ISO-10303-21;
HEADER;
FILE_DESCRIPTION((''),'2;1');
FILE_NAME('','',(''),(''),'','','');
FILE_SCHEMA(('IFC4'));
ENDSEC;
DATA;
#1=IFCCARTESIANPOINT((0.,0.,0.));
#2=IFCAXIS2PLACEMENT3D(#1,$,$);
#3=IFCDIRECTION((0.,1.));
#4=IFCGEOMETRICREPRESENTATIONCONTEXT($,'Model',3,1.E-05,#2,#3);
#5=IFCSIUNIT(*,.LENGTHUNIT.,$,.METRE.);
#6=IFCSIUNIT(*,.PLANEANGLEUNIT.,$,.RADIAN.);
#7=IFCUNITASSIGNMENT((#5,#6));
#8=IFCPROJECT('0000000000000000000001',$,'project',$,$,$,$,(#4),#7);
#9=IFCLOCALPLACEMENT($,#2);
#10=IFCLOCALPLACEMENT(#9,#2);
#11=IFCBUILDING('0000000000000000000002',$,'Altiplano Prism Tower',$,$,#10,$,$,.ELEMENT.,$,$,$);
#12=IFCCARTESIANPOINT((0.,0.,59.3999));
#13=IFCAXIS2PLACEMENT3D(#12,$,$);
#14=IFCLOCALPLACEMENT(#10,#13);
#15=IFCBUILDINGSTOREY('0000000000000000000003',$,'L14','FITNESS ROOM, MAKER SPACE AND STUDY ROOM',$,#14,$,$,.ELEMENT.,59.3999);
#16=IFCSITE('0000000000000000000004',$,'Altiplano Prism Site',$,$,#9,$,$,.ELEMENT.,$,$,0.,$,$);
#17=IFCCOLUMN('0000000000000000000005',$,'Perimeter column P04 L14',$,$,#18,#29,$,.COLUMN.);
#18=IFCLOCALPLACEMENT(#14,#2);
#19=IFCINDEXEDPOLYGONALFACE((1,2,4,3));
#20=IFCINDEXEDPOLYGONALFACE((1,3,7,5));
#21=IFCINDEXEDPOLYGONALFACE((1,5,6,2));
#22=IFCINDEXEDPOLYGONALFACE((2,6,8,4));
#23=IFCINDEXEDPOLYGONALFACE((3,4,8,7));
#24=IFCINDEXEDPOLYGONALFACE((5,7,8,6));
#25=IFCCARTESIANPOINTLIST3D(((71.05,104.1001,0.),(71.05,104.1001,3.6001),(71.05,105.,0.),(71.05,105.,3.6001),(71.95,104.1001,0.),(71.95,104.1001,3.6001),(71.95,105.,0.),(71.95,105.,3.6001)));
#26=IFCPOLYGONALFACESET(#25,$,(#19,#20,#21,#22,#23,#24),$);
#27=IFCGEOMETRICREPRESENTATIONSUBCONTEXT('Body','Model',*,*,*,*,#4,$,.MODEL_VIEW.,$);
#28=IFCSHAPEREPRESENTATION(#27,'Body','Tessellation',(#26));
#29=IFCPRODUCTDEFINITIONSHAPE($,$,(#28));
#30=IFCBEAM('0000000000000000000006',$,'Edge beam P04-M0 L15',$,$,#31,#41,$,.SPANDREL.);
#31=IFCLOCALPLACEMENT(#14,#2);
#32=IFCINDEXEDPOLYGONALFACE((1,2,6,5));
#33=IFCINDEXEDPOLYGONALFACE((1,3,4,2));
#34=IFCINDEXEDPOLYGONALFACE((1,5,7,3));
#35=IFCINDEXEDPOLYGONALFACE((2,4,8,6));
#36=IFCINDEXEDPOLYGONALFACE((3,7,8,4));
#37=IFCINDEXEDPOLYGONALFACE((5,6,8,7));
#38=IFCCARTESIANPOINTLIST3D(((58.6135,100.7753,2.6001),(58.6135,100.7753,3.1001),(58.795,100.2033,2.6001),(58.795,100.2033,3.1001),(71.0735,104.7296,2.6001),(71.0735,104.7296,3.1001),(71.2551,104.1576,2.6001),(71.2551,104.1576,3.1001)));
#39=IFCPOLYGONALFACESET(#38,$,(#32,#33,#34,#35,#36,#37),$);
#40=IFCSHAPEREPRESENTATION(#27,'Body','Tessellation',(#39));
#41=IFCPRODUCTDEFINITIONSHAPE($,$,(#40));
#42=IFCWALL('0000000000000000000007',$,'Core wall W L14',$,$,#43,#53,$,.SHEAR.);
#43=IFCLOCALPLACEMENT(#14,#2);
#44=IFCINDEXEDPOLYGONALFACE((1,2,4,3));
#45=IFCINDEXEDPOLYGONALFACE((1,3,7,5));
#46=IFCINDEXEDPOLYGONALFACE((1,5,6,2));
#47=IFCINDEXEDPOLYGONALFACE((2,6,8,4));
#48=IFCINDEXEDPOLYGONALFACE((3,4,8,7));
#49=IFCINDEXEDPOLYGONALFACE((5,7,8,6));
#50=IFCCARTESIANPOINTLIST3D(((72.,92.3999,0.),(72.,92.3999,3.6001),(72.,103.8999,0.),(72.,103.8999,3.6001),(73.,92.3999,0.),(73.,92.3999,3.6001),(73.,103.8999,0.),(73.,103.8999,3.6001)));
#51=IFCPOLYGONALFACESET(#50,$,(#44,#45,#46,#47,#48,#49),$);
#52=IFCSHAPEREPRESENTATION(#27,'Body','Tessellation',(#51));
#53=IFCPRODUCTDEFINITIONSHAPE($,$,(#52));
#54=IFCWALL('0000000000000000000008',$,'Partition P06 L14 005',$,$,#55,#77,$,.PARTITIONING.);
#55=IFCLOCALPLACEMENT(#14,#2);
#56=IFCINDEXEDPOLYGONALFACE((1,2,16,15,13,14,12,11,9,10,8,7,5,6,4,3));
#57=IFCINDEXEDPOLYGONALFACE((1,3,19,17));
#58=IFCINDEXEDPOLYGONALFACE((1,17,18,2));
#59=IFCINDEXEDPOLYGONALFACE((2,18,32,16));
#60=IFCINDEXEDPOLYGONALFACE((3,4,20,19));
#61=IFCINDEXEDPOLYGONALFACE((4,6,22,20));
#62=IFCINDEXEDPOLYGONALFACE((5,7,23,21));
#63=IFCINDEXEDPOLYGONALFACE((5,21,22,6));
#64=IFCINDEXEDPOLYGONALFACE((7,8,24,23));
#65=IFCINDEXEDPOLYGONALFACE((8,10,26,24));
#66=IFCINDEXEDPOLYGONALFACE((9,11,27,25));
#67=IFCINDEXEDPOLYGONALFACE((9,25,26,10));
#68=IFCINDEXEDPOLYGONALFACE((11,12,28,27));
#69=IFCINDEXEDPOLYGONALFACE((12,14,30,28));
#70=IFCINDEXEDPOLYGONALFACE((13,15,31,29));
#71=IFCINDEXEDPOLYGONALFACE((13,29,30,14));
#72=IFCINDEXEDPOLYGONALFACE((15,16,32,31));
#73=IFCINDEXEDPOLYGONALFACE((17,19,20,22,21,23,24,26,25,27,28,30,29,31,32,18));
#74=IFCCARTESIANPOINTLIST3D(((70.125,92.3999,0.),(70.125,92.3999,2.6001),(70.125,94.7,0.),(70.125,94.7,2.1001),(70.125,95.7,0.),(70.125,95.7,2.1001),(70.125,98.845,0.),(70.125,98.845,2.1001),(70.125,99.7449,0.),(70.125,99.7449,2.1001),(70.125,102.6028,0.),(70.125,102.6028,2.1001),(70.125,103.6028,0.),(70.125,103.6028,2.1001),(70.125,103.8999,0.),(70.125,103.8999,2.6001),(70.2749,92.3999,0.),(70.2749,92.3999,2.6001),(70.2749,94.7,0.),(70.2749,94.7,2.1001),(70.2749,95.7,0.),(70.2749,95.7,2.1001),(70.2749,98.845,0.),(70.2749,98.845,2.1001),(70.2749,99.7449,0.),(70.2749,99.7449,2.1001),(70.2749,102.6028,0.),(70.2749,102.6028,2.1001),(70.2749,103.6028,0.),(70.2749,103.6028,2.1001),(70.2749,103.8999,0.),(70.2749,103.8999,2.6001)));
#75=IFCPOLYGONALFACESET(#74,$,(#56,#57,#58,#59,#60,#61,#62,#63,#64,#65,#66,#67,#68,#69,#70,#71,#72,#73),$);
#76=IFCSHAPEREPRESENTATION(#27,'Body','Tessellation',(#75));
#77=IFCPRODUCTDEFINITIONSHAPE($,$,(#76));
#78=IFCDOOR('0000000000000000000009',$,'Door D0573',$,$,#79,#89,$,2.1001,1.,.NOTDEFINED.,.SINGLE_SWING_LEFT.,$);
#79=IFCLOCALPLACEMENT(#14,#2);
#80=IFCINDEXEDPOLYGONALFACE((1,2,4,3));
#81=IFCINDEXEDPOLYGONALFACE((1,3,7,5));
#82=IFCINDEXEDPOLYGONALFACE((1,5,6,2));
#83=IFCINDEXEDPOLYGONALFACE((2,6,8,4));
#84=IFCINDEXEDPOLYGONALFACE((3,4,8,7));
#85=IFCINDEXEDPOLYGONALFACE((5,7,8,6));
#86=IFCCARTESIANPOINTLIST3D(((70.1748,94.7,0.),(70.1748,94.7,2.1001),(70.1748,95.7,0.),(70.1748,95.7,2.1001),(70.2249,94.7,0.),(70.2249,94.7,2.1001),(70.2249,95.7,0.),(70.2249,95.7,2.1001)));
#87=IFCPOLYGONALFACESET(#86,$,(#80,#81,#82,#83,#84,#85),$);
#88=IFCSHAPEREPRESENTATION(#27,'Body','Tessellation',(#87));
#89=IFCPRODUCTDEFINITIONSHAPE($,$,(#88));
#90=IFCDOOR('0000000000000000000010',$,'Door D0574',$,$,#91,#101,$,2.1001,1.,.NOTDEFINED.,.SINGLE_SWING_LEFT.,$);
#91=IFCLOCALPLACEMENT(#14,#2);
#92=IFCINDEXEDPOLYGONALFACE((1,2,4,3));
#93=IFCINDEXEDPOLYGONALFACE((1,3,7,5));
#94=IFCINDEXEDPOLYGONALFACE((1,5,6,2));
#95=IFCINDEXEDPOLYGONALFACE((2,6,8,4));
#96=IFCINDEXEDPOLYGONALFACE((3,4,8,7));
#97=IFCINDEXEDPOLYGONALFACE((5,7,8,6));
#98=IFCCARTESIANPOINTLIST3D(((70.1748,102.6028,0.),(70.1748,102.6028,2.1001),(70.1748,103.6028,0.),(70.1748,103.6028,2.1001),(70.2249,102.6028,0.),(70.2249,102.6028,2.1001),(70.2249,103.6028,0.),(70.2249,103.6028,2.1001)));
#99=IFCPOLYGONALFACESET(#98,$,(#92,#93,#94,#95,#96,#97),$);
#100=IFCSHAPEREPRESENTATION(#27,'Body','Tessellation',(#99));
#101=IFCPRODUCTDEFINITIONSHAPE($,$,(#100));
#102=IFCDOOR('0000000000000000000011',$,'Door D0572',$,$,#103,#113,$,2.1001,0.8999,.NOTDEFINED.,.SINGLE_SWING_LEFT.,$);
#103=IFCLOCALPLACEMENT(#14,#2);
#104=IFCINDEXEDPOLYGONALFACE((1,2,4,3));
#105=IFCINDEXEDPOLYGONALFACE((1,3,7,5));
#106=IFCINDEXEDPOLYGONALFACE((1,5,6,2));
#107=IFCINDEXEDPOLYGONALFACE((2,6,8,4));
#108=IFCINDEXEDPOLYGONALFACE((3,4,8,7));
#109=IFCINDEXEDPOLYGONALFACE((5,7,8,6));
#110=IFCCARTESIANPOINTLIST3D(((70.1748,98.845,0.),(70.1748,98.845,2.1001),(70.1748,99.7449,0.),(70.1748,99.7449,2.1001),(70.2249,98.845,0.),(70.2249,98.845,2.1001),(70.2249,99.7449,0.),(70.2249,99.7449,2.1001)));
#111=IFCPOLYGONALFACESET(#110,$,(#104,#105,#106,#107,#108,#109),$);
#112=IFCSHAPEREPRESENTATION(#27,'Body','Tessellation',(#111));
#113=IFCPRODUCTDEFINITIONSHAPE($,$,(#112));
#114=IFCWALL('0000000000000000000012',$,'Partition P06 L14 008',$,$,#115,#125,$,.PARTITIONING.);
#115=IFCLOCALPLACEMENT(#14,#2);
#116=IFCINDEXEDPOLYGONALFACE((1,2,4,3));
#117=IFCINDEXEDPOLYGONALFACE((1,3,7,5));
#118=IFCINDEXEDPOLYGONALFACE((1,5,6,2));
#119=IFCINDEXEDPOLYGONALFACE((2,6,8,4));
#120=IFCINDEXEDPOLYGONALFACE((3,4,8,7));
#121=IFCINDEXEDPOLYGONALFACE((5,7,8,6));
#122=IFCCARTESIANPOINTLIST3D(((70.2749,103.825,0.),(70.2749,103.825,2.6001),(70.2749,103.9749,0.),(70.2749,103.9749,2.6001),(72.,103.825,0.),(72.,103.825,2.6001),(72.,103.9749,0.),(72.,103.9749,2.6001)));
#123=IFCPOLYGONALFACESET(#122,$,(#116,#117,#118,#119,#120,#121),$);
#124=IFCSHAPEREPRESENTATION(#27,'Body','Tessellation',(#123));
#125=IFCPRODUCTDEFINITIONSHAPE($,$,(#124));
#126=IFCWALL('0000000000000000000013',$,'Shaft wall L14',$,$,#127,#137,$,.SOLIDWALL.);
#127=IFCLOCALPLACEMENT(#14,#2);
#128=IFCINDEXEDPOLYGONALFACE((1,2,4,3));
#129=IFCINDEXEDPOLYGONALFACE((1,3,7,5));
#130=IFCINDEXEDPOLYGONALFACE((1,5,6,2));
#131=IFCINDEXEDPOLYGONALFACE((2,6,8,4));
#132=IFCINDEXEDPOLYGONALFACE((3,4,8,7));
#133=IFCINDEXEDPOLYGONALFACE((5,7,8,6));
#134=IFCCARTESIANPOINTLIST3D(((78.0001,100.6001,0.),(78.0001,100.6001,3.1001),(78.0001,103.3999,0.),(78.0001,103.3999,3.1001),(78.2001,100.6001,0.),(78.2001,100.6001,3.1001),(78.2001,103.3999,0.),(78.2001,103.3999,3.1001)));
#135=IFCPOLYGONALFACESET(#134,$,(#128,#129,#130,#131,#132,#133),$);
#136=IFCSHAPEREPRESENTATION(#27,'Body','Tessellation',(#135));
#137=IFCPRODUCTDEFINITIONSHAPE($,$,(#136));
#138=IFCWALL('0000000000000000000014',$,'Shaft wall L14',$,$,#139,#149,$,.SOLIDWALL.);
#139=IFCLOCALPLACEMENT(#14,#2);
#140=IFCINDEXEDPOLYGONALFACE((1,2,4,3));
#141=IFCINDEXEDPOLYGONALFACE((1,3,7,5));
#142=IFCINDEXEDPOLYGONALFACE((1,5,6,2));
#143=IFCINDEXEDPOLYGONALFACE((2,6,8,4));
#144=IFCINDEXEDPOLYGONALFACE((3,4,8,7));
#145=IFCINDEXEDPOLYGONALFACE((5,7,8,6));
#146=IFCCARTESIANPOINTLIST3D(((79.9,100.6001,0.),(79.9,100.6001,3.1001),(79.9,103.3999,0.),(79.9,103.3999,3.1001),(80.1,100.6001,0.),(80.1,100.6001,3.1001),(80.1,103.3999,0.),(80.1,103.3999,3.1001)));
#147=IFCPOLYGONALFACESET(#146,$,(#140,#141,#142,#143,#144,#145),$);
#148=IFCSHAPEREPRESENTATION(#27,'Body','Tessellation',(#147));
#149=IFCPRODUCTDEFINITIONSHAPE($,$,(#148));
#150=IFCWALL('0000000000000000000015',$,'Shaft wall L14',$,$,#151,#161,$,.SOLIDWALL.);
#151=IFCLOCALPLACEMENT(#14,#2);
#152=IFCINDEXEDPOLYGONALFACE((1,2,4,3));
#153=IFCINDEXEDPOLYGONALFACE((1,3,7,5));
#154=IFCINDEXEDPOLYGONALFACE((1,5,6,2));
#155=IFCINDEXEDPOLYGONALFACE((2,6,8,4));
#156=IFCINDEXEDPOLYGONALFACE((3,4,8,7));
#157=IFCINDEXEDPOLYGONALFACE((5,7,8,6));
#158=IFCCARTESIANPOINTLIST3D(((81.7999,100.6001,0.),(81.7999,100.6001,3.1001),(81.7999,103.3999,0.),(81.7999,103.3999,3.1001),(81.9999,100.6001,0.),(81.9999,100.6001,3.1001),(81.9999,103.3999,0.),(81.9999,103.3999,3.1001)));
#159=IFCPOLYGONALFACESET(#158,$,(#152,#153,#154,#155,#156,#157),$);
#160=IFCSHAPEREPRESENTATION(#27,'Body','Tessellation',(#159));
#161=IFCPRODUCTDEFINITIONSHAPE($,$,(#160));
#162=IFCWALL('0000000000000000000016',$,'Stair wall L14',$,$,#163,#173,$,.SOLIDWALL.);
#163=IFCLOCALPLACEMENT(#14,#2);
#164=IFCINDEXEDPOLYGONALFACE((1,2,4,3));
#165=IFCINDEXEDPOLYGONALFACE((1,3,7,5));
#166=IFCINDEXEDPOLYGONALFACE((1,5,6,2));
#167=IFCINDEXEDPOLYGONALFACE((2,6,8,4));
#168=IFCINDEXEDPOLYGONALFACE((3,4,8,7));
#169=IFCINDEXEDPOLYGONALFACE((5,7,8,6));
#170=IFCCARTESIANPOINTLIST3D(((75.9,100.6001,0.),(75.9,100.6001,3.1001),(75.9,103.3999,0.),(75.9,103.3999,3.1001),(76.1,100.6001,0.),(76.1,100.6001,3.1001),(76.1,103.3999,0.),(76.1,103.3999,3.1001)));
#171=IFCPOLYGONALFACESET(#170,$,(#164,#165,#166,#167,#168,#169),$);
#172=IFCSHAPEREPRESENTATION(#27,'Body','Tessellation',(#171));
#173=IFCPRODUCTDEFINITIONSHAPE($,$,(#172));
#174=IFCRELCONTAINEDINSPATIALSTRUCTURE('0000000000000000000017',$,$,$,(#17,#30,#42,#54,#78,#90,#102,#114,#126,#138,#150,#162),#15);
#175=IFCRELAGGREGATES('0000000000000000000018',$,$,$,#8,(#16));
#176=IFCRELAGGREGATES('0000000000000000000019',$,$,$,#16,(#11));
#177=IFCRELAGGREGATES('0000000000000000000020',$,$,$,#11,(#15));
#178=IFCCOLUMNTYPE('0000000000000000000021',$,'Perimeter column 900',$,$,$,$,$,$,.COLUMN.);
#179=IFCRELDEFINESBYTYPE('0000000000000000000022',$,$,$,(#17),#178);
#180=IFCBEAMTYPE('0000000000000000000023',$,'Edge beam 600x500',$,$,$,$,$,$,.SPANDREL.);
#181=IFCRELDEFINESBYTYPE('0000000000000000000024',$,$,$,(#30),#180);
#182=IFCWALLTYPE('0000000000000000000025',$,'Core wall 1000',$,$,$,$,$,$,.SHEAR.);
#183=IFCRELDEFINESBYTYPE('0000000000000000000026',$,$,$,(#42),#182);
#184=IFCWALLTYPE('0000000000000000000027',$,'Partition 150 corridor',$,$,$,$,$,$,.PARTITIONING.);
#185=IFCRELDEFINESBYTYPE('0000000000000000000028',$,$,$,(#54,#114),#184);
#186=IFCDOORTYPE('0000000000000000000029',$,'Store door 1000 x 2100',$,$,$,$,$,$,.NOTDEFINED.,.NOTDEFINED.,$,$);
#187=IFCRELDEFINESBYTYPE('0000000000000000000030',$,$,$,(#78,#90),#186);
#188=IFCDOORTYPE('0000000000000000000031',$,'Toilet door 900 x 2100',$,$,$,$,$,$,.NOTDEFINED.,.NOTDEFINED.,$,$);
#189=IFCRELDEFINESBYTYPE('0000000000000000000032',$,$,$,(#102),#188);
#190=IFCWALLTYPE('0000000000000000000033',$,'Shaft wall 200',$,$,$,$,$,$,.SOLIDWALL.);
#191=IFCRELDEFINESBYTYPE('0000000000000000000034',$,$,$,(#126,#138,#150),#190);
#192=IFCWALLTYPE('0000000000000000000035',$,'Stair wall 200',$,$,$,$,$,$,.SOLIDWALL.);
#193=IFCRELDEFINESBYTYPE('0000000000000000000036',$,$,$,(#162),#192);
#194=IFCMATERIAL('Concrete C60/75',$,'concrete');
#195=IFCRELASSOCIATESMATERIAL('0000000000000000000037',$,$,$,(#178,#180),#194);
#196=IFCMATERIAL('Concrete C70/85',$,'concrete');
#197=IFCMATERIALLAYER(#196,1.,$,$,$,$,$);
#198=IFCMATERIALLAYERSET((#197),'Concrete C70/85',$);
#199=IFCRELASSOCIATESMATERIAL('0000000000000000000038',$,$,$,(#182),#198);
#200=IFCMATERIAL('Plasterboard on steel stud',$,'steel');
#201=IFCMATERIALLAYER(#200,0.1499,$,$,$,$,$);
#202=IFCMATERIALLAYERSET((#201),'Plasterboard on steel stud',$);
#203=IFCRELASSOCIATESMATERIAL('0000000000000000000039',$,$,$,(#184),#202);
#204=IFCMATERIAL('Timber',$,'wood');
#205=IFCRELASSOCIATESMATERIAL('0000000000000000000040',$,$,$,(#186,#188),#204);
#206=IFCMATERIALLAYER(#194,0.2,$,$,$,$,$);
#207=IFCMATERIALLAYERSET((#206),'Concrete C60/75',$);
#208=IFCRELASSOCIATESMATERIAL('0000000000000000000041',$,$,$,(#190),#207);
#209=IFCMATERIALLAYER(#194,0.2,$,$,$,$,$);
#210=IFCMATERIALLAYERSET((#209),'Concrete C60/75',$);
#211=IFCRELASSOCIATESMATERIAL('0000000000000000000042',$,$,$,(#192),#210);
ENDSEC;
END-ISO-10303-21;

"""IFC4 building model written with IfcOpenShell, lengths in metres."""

from ifc_helpers import new_model, si_unit, direction, frame, frame_2d, origin, origin_2d, place, context, subcontext, project, spatial, rectangle, extrude, material, layer, layer_set, material_profile, profile_set, type_object, element, fill, save


model = new_model("IFC4")

# Units and contexts
model_context = context("Model", 3, precision=1e-05, world=origin(), true_north=direction((0.0, 1.0)))
body_context = subcontext(model_context, "Body", "Model", "MODEL_VIEW")
ifc_project = project(units=[si_unit("LENGTHUNIT", "METRE"), si_unit("PLANEANGLEUNIT", "RADIAN")], contexts=[model_context])

# Site, building, storey
site_placement = place(None, origin())
site = spatial("IfcSite", under=ifc_project, at=site_placement, Name="Altiplano Prism Site", CompositionType="ELEMENT", RefElevation=0.0)
building_placement = place(site_placement, origin())
building = spatial("IfcBuilding", under=site, at=building_placement, Name="Altiplano Prism Tower", CompositionType="ELEMENT")
storey_placement = place(building_placement, frame((0.0, 0.0, 59.3999)))
storey = spatial("IfcBuildingStorey", under=building, at=storey_placement, Name="L14", Description="FITNESS ROOM, MAKER SPACE AND STUDY ROOM", CompositionType="ELEMENT", Elevation=59.3999)

# Column
ifc_material_1 = material(Name="Concrete C60/75", Category="concrete")
ifc_material_profile_1 = material_profile(ifc_material_1, rectangle(XDim=0.8999, YDim=0.8999, at=origin_2d()), Name="Perimeter column 900")
ifc_profile_set_1 = profile_set([ifc_material_profile_1], Name="Concrete C60/75")
column_type = type_object("IfcColumnType", Name="Perimeter column 900", PredefinedType="COLUMN", material=ifc_profile_set_1)
column_placement = place(storey_placement, frame((71.5, 104.55, 0.0), z_axis=(0.0, 0.0, 1.0), x_axis=(1.0, 0.0, 0.0)))
element("IfcColumn", 1, at=column_placement, inside=storey, type_object=column_type, Name="Perimeter column P04 L14", PredefinedType="COLUMN", context=body_context, shape_type="SweptSolid", body=[
    extrude(rectangle(XDim=0.8999, YDim=0.8999, at=origin_2d()), origin(), (0.0, 0.0, 1.0), 3.6001),
])

# Beam
ifc_material_profile_2 = material_profile(ifc_material_1, rectangle(XDim=0.6001, YDim=0.5, at=origin_2d()), Name="Edge beam 600x500")
ifc_profile_set_2 = profile_set([ifc_material_profile_2], Name="Concrete C60/75")
beam_type = type_object("IfcBeamType", Name="Edge beam 600x500", PredefinedType="SPANDREL", material=ifc_profile_set_2)
beam_placement = place(storey_placement, frame((71.1643, 104.4436, 2.8501), z_axis=(-0.953152, -0.302491, 0.0), x_axis=(0.302491, -0.953152, 0.0)))
element("IfcBeam", 2, at=beam_placement, inside=storey, type_object=beam_type, Name="Edge beam P04-M0 L15", PredefinedType="SPANDREL", context=body_context, shape_type="SweptSolid", body=[
    extrude(rectangle(XDim=0.6001, YDim=0.5, at=origin_2d()), origin(), (0.0, 0.0, 1.0), 13.0725),
])

# Wall
ifc_material_2 = material(Name="Concrete C70/85", Category="concrete")
ifc_layer_1 = layer(ifc_material_2, 1.0)
ifc_layer_set_1 = layer_set([ifc_layer_1], Name="Concrete C70/85")
wall_type_1 = type_object("IfcWallType", Name="Core wall 1000", PredefinedType="SHEAR", material=ifc_layer_set_1)
wall_1_placement = place(storey_placement, frame((72.5, 103.8999, 0.0), z_axis=(0.0, 0.0, 1.0), x_axis=(0.0, -1.0, 0.0)))
element("IfcWall", 3, at=wall_1_placement, inside=storey, type_object=wall_type_1, Name="Core wall W L14", PredefinedType="SHEAR", context=body_context, shape_type="SweptSolid", body=[
    extrude(rectangle(XDim=11.5, YDim=1.0, at=frame_2d((5.75, 0.0))), origin(), (0.0, 0.0, 1.0), 3.6001),
])

# Wall, openings, doors
ifc_material_3 = material(Name="Plasterboard on steel stud", Category="steel")
ifc_layer_2 = layer(ifc_material_3, 0.1499)
ifc_layer_set_2 = layer_set([ifc_layer_2], Name="Plasterboard on steel stud")
wall_type_2 = type_object("IfcWallType", Name="Partition 150 corridor", PredefinedType="PARTITIONING", material=ifc_layer_set_2)
wall_2_placement = place(storey_placement, frame((70.2, 103.8999, 0.0), z_axis=(0.0, 0.0, 1.0), x_axis=(0.0, -1.0, 0.0)))
wall_2 = element("IfcWall", 4, at=wall_2_placement, inside=storey, type_object=wall_type_2, Name="Partition P06 L14 005", PredefinedType="PARTITIONING", context=body_context, shape_type="SweptSolid", body=[
    extrude(rectangle(XDim=11.5, YDim=0.1499, at=frame_2d((5.75, 0.0))), origin(), (0.0, 0.0, 1.0), 2.6001),
])
opening_1_placement = place(wall_2_placement, frame((4.155, 0.0, 0.0)))
opening_1 = element("IfcOpeningElement", 5, at=opening_1_placement, cuts=wall_2, PredefinedType="OPENING", context=body_context, shape_type="SweptSolid", body=[
    extrude(rectangle(XDim=0.8999, YDim=2.1001, at=frame_2d((0.45, 1.05))), frame((0.0, 0.0854, 0.0), z_axis=(0.0, -1.0, 0.0), x_axis=(1.0, 0.0, 0.0)), (0.0, 0.0, 1.0), 0.1709),
])
opening_2_placement = place(wall_2_placement, frame((8.2, 0.0, 0.0)))
opening_2 = element("IfcOpeningElement", 6, at=opening_2_placement, cuts=wall_2, PredefinedType="OPENING", context=body_context, shape_type="SweptSolid", body=[
    extrude(rectangle(XDim=1.0, YDim=2.1001, at=frame_2d((0.5, 1.05))), frame((0.0, 0.0854, 0.0), z_axis=(0.0, -1.0, 0.0), x_axis=(1.0, 0.0, 0.0)), (0.0, 0.0, 1.0), 0.1709),
])
opening_3_placement = place(wall_2_placement, frame((0.2971, 0.0, 0.0)))
opening_3 = element("IfcOpeningElement", 7, at=opening_3_placement, cuts=wall_2, PredefinedType="OPENING", context=body_context, shape_type="SweptSolid", body=[
    extrude(rectangle(XDim=1.0, YDim=2.1001, at=frame_2d((0.5, 1.05))), frame((0.0, 0.0854, 0.0), z_axis=(0.0, -1.0, 0.0), x_axis=(1.0, 0.0, 0.0)), (0.0, 0.0, 1.0), 0.1709),
])
ifc_material_4 = material(Name="Timber", Category="wood")
door_type_1 = type_object("IfcDoorType", Name="Store door 1000 x 2100", OperationType="NOTDEFINED", PredefinedType="NOTDEFINED", material=ifc_material_4)
door_1_placement = place(opening_2_placement, origin())
door_1 = element("IfcDoor", 8, at=door_1_placement, inside=storey, type_object=door_type_1, Name="Door D0573", OperationType="SINGLE_SWING_LEFT", OverallHeight=2.1001, OverallWidth=1.0, PredefinedType="NOTDEFINED", context=body_context, shape_type="SweptSolid", body=[
    extrude(rectangle(XDim=1.0, YDim=2.1001, at=frame_2d((0.5, 1.05))), frame((0.0, 0.0249, 0.0), z_axis=(0.0, -1.0, 0.0), x_axis=(1.0, 0.0, 0.0)), (0.0, 0.0, 1.0), 0.05),
])
fill(opening_2, door_1)
door_2_placement = place(opening_3_placement, origin())
door_2 = element("IfcDoor", 9, at=door_2_placement, inside=storey, type_object=door_type_1, Name="Door D0574", OperationType="SINGLE_SWING_LEFT", OverallHeight=2.1001, OverallWidth=1.0, PredefinedType="NOTDEFINED", context=body_context, shape_type="SweptSolid", body=[
    extrude(rectangle(XDim=1.0, YDim=2.1001, at=frame_2d((0.5, 1.05))), frame((0.0, 0.0249, 0.0), z_axis=(0.0, -1.0, 0.0), x_axis=(1.0, 0.0, 0.0)), (0.0, 0.0, 1.0), 0.05),
])
fill(opening_3, door_2)
door_type_2 = type_object("IfcDoorType", Name="Toilet door 900 x 2100", OperationType="NOTDEFINED", PredefinedType="NOTDEFINED", material=ifc_material_4)
door_3_placement = place(opening_1_placement, origin())
door_3 = element("IfcDoor", 10, at=door_3_placement, inside=storey, type_object=door_type_2, Name="Door D0572", OperationType="SINGLE_SWING_LEFT", OverallHeight=2.1001, OverallWidth=0.8999, PredefinedType="NOTDEFINED", context=body_context, shape_type="SweptSolid", body=[
    extrude(rectangle(XDim=0.8999, YDim=2.1001, at=frame_2d((0.45, 1.05))), frame((0.0, 0.0249, 0.0), z_axis=(0.0, -1.0, 0.0), x_axis=(1.0, 0.0, 0.0)), (0.0, 0.0, 1.0), 0.05),
])
fill(opening_1, door_3)

# Walls
wall_3_placement = place(storey_placement, frame((72.0, 103.8999, 0.0), z_axis=(0.0, 0.0, 1.0), x_axis=(-1.0, 0.0, 0.0)))
element("IfcWall", 11, at=wall_3_placement, inside=storey, type_object=wall_type_2, Name="Partition P06 L14 008", PredefinedType="PARTITIONING", context=body_context, shape_type="SweptSolid", body=[
    extrude(rectangle(XDim=1.7251, YDim=0.1499, at=frame_2d((0.8625, 0.0))), origin(), (0.0, 0.0, 1.0), 2.6001),
])
ifc_layer_3 = layer(ifc_material_1, 0.2)
ifc_layer_set_3 = layer_set([ifc_layer_3], Name="Concrete C60/75")
wall_type_3 = type_object("IfcWallType", Name="Shaft wall 200", PredefinedType="SOLIDWALL", material=ifc_layer_set_3)
for number, where, z_axis, x_axis, name in (
    (12, (78.1001, 100.6001, 0.0), (0.0, 0.0, 1.0), (0.0, 1.0, 0.0), "Shaft wall L14"),
    (13, (80.0, 100.6001, 0.0), (0.0, 0.0, 1.0), (0.0, 1.0, 0.0), "Shaft wall L14"),
    (14, (81.8999, 100.6001, 0.0), (0.0, 0.0, 1.0), (0.0, 1.0, 0.0), "Shaft wall L14"),
):
    element("IfcWall", number, at=place(storey_placement, frame(where, z_axis=z_axis, x_axis=x_axis)), inside=storey, type_object=wall_type_3, Name=name, PredefinedType="SOLIDWALL", context=body_context, shape_type="SweptSolid", body=[
        extrude(rectangle(XDim=2.7998, YDim=0.2, at=frame_2d((1.3999, 0.0))), origin(), (0.0, 0.0, 1.0), 3.1001),
    ])

# Shared definitions
ifc_layer_4 = layer(ifc_material_1, 0.2)
ifc_layer_set_4 = layer_set([ifc_layer_4], Name="Concrete C60/75")
wall_type_4 = type_object("IfcWallType", Name="Stair wall 200", PredefinedType="SOLIDWALL", material=ifc_layer_set_4)

# Wall
wall_4_placement = place(storey_placement, frame((76.0, 100.6001, 0.0), z_axis=(0.0, 0.0, 1.0), x_axis=(0.0, 1.0, 0.0)))
element("IfcWall", 15, at=wall_4_placement, inside=storey, type_object=wall_type_4, Name="Stair wall L14", PredefinedType="SOLIDWALL", context=body_context, shape_type="SweptSolid", body=[
    extrude(rectangle(XDim=2.7998, YDim=0.2, at=frame_2d((1.3999, 0.0))), origin(), (0.0, 0.0, 1.0), 3.1001),
])

save(model, "model.ifc")
